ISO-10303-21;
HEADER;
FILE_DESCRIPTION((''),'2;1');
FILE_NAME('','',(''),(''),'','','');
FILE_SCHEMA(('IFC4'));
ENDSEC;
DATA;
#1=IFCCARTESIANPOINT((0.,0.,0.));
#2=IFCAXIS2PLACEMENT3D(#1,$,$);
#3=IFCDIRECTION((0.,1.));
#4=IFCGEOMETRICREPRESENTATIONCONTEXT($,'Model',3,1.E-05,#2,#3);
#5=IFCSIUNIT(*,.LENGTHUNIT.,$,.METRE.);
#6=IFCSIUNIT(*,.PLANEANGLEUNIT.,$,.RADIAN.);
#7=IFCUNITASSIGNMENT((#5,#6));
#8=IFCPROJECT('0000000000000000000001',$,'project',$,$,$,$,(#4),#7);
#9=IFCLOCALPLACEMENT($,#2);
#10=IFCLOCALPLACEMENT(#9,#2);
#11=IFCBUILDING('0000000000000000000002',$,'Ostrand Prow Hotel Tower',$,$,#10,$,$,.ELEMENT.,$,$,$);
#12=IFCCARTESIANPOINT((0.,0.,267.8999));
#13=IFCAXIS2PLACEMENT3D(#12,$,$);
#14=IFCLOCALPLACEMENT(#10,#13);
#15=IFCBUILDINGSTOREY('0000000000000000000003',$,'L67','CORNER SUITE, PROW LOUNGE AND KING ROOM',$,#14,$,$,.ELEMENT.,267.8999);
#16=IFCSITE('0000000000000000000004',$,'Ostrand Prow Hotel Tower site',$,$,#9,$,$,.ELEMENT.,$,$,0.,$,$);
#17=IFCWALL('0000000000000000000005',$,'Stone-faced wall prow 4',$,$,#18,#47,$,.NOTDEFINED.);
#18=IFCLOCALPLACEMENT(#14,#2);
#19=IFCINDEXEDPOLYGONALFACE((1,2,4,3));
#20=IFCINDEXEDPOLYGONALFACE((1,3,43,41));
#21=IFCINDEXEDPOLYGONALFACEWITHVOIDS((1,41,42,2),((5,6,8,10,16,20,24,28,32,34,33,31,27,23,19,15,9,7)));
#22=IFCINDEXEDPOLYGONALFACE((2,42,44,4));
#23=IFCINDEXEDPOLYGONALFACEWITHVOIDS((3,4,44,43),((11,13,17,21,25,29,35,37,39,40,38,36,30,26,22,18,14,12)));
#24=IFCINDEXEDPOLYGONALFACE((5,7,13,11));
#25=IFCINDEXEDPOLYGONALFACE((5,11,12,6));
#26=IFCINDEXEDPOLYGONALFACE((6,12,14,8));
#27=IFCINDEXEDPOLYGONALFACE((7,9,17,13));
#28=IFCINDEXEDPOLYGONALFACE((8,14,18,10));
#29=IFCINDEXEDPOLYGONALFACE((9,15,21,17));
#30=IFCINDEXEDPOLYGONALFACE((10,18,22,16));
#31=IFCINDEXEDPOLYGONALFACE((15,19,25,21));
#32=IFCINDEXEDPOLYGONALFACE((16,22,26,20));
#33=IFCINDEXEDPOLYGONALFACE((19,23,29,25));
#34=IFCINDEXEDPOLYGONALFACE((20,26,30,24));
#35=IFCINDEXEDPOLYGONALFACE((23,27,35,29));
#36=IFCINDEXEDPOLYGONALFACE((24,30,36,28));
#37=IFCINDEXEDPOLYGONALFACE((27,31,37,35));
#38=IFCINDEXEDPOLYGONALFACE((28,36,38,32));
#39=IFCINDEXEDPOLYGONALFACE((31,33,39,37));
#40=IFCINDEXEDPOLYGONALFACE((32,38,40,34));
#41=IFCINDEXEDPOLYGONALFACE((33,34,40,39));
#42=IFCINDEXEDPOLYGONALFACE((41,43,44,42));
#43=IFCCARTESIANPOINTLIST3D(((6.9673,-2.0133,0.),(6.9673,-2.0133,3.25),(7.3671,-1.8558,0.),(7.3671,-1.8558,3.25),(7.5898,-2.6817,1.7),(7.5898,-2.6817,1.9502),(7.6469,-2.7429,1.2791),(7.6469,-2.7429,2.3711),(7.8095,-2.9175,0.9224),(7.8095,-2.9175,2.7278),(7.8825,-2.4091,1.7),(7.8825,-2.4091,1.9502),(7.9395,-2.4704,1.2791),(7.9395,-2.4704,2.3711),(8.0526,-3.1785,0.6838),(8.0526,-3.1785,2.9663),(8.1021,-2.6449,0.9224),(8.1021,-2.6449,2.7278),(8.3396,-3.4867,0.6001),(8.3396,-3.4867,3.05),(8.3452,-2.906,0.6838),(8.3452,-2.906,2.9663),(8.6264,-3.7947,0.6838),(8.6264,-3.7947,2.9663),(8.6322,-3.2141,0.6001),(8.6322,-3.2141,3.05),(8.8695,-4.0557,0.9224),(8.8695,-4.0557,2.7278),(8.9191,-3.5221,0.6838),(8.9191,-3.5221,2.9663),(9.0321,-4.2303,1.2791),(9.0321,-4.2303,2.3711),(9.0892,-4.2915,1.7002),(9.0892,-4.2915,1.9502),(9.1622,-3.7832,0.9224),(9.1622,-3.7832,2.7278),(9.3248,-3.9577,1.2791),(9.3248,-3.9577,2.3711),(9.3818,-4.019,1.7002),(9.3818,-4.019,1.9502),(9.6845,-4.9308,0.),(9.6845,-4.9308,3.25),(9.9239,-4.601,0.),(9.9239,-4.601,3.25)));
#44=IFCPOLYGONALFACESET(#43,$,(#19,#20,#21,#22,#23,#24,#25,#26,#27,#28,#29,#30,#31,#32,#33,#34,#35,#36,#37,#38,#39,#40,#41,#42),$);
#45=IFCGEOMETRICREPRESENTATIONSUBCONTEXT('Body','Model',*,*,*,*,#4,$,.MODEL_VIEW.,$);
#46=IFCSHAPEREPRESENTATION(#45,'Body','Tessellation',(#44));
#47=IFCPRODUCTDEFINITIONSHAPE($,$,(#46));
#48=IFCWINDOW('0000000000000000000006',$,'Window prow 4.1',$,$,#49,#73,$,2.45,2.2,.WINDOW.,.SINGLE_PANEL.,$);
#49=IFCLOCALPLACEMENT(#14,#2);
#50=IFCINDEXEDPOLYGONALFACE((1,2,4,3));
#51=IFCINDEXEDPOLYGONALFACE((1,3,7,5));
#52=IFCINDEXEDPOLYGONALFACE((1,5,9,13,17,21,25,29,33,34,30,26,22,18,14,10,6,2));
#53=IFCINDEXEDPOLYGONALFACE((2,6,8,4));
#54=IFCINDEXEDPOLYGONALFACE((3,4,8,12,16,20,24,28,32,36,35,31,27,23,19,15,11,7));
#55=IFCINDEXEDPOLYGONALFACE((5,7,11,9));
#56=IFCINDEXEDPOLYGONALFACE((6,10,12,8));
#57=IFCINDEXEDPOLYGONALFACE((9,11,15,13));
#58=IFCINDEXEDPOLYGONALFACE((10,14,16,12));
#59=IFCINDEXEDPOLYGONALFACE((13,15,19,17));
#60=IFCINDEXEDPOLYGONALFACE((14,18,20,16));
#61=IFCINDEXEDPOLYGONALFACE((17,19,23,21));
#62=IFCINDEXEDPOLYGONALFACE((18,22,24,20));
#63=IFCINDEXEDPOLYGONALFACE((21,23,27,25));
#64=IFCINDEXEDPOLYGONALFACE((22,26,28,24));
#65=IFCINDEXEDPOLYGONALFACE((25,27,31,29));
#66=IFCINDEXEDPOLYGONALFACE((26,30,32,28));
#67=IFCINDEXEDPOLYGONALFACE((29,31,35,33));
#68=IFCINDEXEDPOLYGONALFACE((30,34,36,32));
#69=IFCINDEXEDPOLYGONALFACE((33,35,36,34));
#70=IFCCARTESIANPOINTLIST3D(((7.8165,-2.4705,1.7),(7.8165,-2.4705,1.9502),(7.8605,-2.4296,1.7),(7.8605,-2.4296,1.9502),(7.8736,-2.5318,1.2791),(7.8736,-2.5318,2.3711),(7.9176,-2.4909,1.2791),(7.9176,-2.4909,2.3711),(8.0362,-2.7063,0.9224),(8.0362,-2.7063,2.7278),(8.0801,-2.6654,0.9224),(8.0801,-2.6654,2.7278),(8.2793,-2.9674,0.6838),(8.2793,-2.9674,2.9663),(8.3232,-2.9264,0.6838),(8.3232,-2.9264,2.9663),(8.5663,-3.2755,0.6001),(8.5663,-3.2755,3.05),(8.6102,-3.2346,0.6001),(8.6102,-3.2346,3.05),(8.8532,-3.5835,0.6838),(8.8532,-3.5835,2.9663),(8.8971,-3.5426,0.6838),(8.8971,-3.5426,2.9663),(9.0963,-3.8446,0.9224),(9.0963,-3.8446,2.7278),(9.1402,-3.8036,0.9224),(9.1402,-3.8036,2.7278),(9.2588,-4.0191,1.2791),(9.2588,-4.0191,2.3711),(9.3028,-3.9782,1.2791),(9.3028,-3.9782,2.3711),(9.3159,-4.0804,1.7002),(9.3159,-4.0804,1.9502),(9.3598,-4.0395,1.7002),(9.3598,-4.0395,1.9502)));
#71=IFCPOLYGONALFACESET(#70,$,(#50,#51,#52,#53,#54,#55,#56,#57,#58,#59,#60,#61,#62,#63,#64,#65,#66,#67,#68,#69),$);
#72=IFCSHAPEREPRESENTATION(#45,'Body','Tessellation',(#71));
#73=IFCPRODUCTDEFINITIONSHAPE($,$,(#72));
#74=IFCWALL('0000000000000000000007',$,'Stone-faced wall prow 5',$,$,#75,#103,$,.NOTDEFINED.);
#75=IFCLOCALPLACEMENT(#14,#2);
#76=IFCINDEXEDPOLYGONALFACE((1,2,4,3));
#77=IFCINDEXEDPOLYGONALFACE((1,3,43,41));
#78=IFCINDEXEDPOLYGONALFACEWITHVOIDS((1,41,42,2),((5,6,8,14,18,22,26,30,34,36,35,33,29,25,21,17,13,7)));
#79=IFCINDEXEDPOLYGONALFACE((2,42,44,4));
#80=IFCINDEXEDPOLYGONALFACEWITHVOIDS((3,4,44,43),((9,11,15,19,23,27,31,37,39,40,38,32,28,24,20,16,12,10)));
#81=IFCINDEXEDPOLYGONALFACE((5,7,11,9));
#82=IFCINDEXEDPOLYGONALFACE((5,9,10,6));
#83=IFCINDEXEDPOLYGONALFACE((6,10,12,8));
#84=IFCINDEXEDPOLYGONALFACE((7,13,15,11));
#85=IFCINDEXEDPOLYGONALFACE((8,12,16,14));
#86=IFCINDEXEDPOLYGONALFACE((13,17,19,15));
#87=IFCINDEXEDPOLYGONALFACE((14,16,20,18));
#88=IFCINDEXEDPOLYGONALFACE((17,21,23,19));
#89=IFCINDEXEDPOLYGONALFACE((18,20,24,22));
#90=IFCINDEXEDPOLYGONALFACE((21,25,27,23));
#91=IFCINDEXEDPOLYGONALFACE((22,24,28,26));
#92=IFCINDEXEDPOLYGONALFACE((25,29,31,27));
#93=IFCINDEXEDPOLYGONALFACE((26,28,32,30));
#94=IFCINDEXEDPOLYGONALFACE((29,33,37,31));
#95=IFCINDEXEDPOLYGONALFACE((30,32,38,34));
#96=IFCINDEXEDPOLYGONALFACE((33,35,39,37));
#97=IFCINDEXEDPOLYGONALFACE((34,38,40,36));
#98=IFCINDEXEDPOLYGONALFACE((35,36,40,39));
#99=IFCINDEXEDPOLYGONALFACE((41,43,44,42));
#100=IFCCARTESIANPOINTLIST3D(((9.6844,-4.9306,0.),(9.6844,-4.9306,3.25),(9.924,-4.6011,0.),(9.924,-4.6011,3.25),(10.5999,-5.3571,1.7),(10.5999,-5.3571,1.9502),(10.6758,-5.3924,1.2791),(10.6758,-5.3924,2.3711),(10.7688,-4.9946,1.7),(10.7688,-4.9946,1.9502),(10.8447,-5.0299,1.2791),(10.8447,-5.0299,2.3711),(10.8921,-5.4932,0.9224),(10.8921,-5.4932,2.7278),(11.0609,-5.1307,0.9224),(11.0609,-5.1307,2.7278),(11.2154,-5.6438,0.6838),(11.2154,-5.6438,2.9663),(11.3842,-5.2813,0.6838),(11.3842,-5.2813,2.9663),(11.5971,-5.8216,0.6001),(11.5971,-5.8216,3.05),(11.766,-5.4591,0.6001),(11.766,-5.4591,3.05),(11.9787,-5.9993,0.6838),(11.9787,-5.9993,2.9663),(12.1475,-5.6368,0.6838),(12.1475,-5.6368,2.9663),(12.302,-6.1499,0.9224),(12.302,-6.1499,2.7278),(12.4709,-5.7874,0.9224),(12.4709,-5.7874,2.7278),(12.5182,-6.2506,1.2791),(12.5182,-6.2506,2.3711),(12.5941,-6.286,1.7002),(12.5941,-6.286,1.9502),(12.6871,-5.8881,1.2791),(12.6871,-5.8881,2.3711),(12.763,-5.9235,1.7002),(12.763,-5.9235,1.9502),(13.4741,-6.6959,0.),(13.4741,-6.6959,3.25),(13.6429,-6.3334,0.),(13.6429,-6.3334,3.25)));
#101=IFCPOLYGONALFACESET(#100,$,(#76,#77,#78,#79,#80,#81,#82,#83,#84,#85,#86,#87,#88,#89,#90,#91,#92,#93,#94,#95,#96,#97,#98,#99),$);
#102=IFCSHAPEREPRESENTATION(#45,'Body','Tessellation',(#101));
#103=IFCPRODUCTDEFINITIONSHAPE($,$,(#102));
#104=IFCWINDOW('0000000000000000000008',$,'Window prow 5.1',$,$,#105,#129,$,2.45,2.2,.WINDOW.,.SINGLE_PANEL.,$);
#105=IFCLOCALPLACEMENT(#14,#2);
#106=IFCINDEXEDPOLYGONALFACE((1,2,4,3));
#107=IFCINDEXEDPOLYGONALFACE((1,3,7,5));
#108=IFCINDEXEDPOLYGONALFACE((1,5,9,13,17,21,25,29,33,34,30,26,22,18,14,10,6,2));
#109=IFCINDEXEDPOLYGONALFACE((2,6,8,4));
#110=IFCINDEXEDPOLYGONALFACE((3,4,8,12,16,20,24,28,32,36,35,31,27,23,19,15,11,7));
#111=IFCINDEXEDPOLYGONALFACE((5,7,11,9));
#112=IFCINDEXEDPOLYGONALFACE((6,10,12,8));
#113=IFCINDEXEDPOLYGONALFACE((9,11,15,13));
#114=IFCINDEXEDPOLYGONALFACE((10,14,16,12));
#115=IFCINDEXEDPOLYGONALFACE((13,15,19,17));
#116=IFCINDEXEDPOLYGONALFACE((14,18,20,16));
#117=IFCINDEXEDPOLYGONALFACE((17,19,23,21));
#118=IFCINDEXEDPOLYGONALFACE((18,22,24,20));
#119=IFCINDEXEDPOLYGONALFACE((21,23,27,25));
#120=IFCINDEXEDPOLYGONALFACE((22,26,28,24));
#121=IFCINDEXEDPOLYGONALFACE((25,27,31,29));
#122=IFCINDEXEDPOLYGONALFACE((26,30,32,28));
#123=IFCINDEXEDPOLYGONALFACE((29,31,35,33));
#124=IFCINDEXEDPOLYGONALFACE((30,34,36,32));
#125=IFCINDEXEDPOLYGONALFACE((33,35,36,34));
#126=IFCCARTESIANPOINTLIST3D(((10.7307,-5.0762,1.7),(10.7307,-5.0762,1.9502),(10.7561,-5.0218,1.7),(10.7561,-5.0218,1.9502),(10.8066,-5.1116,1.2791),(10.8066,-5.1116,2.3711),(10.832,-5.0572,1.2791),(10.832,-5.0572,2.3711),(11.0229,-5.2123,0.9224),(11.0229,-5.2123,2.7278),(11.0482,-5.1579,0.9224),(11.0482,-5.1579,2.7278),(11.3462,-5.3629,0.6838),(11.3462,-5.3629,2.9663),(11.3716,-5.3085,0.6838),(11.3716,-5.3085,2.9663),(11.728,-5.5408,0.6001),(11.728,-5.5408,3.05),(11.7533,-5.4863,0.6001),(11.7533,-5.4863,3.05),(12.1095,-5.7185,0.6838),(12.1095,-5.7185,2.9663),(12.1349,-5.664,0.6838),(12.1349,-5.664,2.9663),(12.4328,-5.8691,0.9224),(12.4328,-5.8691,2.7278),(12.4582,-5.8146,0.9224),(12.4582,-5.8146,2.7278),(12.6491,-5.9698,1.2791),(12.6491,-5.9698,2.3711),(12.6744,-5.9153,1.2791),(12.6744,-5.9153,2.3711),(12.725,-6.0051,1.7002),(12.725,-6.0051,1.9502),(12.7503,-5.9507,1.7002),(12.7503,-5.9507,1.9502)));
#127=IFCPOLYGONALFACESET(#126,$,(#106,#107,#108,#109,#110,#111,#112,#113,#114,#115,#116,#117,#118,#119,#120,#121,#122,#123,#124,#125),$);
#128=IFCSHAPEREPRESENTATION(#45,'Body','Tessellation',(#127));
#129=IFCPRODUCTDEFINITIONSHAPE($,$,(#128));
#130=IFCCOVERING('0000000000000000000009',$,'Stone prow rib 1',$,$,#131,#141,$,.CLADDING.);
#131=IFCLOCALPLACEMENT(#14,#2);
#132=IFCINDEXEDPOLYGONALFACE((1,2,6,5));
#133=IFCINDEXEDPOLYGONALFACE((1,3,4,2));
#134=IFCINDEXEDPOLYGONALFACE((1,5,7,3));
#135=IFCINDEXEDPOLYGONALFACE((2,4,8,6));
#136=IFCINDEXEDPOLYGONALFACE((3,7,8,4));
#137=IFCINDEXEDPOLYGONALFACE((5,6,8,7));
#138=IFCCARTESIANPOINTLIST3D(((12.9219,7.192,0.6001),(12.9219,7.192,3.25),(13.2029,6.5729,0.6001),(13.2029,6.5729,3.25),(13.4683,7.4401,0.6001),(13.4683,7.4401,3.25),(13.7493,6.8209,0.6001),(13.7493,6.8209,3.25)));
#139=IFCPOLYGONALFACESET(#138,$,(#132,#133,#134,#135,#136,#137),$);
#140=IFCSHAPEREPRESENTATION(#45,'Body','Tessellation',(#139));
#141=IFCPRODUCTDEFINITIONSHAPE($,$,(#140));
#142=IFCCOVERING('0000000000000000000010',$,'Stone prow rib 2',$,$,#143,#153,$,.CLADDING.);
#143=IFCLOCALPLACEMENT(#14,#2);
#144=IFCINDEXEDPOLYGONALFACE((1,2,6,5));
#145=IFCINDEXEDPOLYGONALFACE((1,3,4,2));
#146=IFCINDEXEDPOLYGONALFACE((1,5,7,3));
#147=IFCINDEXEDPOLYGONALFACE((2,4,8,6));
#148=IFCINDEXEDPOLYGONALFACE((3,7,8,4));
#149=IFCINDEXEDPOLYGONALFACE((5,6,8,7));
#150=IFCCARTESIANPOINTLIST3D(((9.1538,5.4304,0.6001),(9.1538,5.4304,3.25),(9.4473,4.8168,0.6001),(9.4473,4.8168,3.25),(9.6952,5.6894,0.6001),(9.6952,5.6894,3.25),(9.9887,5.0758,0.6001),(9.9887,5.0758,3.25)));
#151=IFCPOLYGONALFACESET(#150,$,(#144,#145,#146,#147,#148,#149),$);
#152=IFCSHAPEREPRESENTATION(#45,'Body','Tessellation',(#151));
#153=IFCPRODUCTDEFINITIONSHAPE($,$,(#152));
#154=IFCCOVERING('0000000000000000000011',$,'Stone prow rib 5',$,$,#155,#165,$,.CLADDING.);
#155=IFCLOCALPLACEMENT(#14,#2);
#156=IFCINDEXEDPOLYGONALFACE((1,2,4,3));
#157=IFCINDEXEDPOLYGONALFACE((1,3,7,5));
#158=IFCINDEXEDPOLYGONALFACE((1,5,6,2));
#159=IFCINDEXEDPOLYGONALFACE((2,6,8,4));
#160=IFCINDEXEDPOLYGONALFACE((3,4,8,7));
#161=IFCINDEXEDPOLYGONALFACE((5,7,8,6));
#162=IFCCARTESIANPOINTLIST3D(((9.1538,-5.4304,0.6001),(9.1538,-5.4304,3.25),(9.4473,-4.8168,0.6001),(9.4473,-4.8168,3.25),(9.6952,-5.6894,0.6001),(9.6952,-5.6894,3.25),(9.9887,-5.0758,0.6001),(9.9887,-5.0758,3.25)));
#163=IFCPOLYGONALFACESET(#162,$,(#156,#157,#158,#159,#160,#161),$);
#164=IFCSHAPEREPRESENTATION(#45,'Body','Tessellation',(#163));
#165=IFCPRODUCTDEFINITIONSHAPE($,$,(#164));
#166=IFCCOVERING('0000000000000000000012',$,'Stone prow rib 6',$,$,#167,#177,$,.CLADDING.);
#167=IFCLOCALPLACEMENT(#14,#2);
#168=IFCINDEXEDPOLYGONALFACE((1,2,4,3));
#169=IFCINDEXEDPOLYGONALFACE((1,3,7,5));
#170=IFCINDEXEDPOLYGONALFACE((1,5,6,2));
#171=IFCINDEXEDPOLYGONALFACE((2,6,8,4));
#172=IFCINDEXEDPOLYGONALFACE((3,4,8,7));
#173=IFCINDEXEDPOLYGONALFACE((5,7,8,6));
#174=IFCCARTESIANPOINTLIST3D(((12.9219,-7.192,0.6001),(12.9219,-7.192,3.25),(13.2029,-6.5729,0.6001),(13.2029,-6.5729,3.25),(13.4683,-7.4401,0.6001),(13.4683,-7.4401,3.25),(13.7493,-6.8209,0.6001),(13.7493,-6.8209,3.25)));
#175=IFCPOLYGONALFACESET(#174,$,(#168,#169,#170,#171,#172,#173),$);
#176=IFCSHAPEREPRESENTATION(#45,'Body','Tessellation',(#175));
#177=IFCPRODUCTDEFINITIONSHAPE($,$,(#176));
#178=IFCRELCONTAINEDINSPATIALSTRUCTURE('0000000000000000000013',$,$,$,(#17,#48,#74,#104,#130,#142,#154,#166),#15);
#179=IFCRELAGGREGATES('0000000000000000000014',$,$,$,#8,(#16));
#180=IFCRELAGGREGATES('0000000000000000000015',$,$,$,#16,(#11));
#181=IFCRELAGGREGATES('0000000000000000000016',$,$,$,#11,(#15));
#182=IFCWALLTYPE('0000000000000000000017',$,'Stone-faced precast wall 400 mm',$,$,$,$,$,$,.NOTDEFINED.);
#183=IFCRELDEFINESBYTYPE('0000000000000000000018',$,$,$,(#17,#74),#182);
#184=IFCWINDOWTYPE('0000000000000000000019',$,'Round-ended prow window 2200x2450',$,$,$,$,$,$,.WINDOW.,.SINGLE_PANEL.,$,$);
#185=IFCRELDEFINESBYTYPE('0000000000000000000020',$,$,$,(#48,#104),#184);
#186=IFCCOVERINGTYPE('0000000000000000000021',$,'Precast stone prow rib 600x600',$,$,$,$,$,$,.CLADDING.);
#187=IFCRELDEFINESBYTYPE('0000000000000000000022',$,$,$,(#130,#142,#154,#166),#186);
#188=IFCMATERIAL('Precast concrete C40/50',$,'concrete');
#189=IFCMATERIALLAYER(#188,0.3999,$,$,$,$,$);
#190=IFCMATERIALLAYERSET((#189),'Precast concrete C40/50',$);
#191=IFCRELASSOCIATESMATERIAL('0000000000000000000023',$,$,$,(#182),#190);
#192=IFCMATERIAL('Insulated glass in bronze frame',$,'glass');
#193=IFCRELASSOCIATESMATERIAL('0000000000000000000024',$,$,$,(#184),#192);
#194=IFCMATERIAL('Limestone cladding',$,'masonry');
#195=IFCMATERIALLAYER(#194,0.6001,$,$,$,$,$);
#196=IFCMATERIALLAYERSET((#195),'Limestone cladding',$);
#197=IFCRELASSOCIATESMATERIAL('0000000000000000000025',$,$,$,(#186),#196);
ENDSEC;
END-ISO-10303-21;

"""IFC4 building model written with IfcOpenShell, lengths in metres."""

from ifc_helpers import new_model, si_unit, direction, frame, frame_2d, origin, place, context, subcontext, project, spatial, polyline, rectangle, outline, extrude, material, layer, layer_set, type_object, element, fill, save


model = new_model("IFC4")

# Units and contexts
model_context = context("Model", 3, precision=1e-05, world=origin(), true_north=direction((0.0, 1.0)))
body_context = subcontext(model_context, "Body", "Model", "MODEL_VIEW")
ifc_project = project(units=[si_unit("LENGTHUNIT", "METRE"), si_unit("PLANEANGLEUNIT", "RADIAN")], contexts=[model_context])

# Site, building, storey
site_placement = place(None, origin())
site = spatial("IfcSite", under=ifc_project, at=site_placement, Name="Ostrand Prow Hotel Tower site", CompositionType="ELEMENT", RefElevation=0.0)
building_placement = place(site_placement, origin())
building = spatial("IfcBuilding", under=site, at=building_placement, Name="Ostrand Prow Hotel Tower", CompositionType="ELEMENT")
storey_placement = place(building_placement, frame((0.0, 0.0, 267.8999)))
storey = spatial("IfcBuildingStorey", under=building, at=storey_placement, Name="L67", Description="CORNER SUITE, PROW LOUNGE AND KING ROOM", CompositionType="ELEMENT", Elevation=267.8999)

# Walls, openings, windows
ifc_material_1 = material(Name="Precast concrete C40/50", Category="concrete")
ifc_layer_1 = layer(ifc_material_1, 0.3999)
ifc_layer_set_1 = layer_set([ifc_layer_1], Name="Precast concrete C40/50")
wall_type_1 = type_object("IfcWallType", Name="Stone-faced precast wall 400 mm", PredefinedType="NOTDEFINED", material=ifc_layer_set_1)
ifc_material_2 = material(Name="Insulated glass in bronze frame", Category="glass")
window_type = type_object("IfcWindowType", Name="Round-ended prow window 2200x2450", PartitioningType="SINGLE_PANEL", PredefinedType="WINDOW", material=ifc_material_2)
wall_1_placement = place(storey_placement, frame((7.1672, -1.9346, 0.0), z_axis=(0.0, 0.0, 1.0), x_axis=(0.681547, -0.731775, 0.0)))
wall_1 = element("IfcWall", 1, at=wall_1_placement, inside=storey, type_object=wall_type_1, Name="Stone-faced wall prow 4", PredefinedType="NOTDEFINED", context=body_context, shape_type="SweptSolid", body=[
    extrude(outline(polyline([(-0.0786, -0.2), (3.9082, -0.2), (3.8301, 0.2), (0.0786, 0.2), (-0.0786, -0.2)])), origin(), (0.0, 0.0, 1.0), 3.25),
])
opening_1_placement = place(wall_1_placement, frame((0.8347, 0.0, 0.6001)))
opening_1 = element("IfcOpeningElement", 2, at=opening_1_placement, cuts=wall_1, PredefinedType="OPENING", context=body_context, shape_type="SweptSolid", body=[
    extrude(outline(polyline([(0.0, 1.3501), (0.0837, 1.771), (0.3223, 2.1277), (0.679, 2.3662), (1.1001, 2.45), (1.521, 2.3662), (1.8777, 2.1277), (2.1162, 1.771), (2.2, 1.3501), (2.2, 1.1001), (2.1162, 0.679), (1.8777, 0.3223), (1.521, 0.0837), (1.1001, 0.0), (0.679, 0.0837), (0.3223, 0.3223), (0.0837, 0.679), (0.0, 1.0999), (0.0, 1.3501)])), frame((0.0, 0.21, 0.0), z_axis=(0.0, -1.0, 0.0), x_axis=(1.0, 0.0, 0.0)), (0.0, 0.0, 1.0), 0.4199),
])
window_1_placement = place(opening_1_placement, origin())
window_1 = element("IfcWindow", 3, at=window_1_placement, inside=storey, type_object=window_type, Name="Window prow 4.1", OverallHeight=2.45, OverallWidth=2.2, PartitioningType="SINGLE_PANEL", PredefinedType="WINDOW", context=body_context, shape_type="SweptSolid", body=[
    extrude(outline(polyline([(0.0, 1.3501), (0.0837, 1.771), (0.3223, 2.1277), (0.679, 2.3662), (1.1001, 2.45), (1.521, 2.3662), (1.8777, 2.1277), (2.1162, 1.771), (2.2, 1.3501), (2.2, 1.1001), (2.1162, 0.679), (1.8777, 0.3223), (1.521, 0.0837), (1.1001, 0.0), (0.679, 0.0837), (0.3223, 0.3223), (0.0837, 0.679), (0.0, 1.0999), (0.0, 1.3501)])), frame((0.0, 0.1699, 0.0), z_axis=(0.0, -1.0, 0.0), x_axis=(1.0, 0.0, 0.0)), (0.0, 0.0, 1.0), 0.0601),
])
fill(opening_1, window_1)
wall_2_placement = place(storey_placement, frame((9.8042, -4.7659, 0.0), z_axis=(0.0, 0.0, 1.0), x_axis=(0.906486, -0.422237, 0.0)))
wall_2 = element("IfcWall", 4, at=wall_2_placement, inside=storey, type_object=wall_type_1, Name="Stone-faced wall prow 5", PredefinedType="NOTDEFINED", context=body_context, shape_type="SweptSolid", body=[
    extrude(outline(polyline([(-0.0391, -0.2), (4.1416, -0.2), (4.1416, 0.2), (0.0391, 0.2), (-0.0391, -0.2)])), origin(), (0.0, 0.0, 1.0), 3.25),
])
opening_2_placement = place(wall_2_placement, frame((0.9709, 0.0, 0.6001)))
opening_2 = element("IfcOpeningElement", 5, at=opening_2_placement, cuts=wall_2, PredefinedType="OPENING", context=body_context, shape_type="SweptSolid", body=[
    extrude(outline(polyline([(0.0, 1.3501), (0.0837, 1.771), (0.3223, 2.1277), (0.679, 2.3662), (1.1001, 2.45), (1.521, 2.3662), (1.8777, 2.1277), (2.1162, 1.771), (2.2, 1.3501), (2.2, 1.1001), (2.1162, 0.679), (1.8777, 0.3223), (1.521, 0.0837), (1.1001, 0.0), (0.679, 0.0837), (0.3223, 0.3223), (0.0837, 0.679), (0.0, 1.0999), (0.0, 1.3501)])), frame((0.0, 0.21, 0.0), z_axis=(0.0, -1.0, 0.0), x_axis=(1.0, 0.0, 0.0)), (0.0, 0.0, 1.0), 0.4199),
])
window_2_placement = place(opening_2_placement, origin())
window_2 = element("IfcWindow", 6, at=window_2_placement, inside=storey, type_object=window_type, Name="Window prow 5.1", OverallHeight=2.45, OverallWidth=2.2, PartitioningType="SINGLE_PANEL", PredefinedType="WINDOW", context=body_context, shape_type="SweptSolid", body=[
    extrude(outline(polyline([(0.0, 1.3501), (0.0837, 1.771), (0.3223, 2.1277), (0.679, 2.3662), (1.1001, 2.45), (1.521, 2.3662), (1.8777, 2.1277), (2.1162, 1.771), (2.2, 1.3501), (2.2, 1.1001), (2.1162, 0.679), (1.8777, 0.3223), (1.521, 0.0837), (1.1001, 0.0), (0.679, 0.0837), (0.3223, 0.3223), (0.0837, 0.679), (0.0, 1.0999), (0.0, 1.3501)])), frame((0.0, 0.1699, 0.0), z_axis=(0.0, -1.0, 0.0), x_axis=(1.0, 0.0, 0.0)), (0.0, 0.0, 1.0), 0.0601),
])
fill(opening_2, window_2)

# Coverings
ifc_material_3 = material(Name="Limestone cladding", Category="masonry")
ifc_layer_2 = layer(ifc_material_3, 0.6001)
ifc_layer_set_2 = layer_set([ifc_layer_2], Name="Limestone cladding")
covering_type = type_object("IfcCoveringType", Name="Precast stone prow rib 600x600", PredefinedType="CLADDING", material=ifc_layer_set_2)
covering_1_placement = place(storey_placement, frame((13.4761, 6.697, 0.6001), z_axis=(0.0, 0.0, 1.0), x_axis=(-0.413289, 0.9106, 0.0)))
element("IfcCovering", 7, at=covering_1_placement, inside=storey, type_object=covering_type, Name="Stone prow rib 1", PredefinedType="CLADDING", context=body_context, shape_type="SweptSolid", body=[
    extrude(rectangle(XDim=0.6799, YDim=0.6001, at=frame_2d((0.3398, 0.0))), origin(), (0.0, 0.0, 1.0), 2.6499),
])
for number, where, z_axis, x_axis, name in (
    (8, (9.718, 4.9463, 0.6001), (0.0, 0.0, 1.0), (-0.431494, 0.902116, 0.0), "Stone prow rib 2"),
    (9, (9.718, -4.9463, 0.6001), (0.0, 0.0, 1.0), (-0.431494, -0.902116, 0.0), "Stone prow rib 5"),
):
    element("IfcCovering", number, at=place(storey_placement, frame(where, z_axis=z_axis, x_axis=x_axis)), inside=storey, type_object=covering_type, Name=name, PredefinedType="CLADDING", context=body_context, shape_type="SweptSolid", body=[
        extrude(rectangle(XDim=0.6802, YDim=0.6001, at=frame_2d((0.3401, 0.0))), origin(), (0.0, 0.0, 1.0), 2.6499),
    ])
covering_2_placement = place(storey_placement, frame((13.4761, -6.697, 0.6001), z_axis=(0.0, 0.0, 1.0), x_axis=(-0.413289, -0.9106, 0.0)))
element("IfcCovering", 10, at=covering_2_placement, inside=storey, type_object=covering_type, Name="Stone prow rib 6", PredefinedType="CLADDING", context=body_context, shape_type="SweptSolid", body=[
    extrude(rectangle(XDim=0.6799, YDim=0.6001, at=frame_2d((0.3398, 0.0))), origin(), (0.0, 0.0, 1.0), 2.6499),
])

save(model, "model.ifc")
